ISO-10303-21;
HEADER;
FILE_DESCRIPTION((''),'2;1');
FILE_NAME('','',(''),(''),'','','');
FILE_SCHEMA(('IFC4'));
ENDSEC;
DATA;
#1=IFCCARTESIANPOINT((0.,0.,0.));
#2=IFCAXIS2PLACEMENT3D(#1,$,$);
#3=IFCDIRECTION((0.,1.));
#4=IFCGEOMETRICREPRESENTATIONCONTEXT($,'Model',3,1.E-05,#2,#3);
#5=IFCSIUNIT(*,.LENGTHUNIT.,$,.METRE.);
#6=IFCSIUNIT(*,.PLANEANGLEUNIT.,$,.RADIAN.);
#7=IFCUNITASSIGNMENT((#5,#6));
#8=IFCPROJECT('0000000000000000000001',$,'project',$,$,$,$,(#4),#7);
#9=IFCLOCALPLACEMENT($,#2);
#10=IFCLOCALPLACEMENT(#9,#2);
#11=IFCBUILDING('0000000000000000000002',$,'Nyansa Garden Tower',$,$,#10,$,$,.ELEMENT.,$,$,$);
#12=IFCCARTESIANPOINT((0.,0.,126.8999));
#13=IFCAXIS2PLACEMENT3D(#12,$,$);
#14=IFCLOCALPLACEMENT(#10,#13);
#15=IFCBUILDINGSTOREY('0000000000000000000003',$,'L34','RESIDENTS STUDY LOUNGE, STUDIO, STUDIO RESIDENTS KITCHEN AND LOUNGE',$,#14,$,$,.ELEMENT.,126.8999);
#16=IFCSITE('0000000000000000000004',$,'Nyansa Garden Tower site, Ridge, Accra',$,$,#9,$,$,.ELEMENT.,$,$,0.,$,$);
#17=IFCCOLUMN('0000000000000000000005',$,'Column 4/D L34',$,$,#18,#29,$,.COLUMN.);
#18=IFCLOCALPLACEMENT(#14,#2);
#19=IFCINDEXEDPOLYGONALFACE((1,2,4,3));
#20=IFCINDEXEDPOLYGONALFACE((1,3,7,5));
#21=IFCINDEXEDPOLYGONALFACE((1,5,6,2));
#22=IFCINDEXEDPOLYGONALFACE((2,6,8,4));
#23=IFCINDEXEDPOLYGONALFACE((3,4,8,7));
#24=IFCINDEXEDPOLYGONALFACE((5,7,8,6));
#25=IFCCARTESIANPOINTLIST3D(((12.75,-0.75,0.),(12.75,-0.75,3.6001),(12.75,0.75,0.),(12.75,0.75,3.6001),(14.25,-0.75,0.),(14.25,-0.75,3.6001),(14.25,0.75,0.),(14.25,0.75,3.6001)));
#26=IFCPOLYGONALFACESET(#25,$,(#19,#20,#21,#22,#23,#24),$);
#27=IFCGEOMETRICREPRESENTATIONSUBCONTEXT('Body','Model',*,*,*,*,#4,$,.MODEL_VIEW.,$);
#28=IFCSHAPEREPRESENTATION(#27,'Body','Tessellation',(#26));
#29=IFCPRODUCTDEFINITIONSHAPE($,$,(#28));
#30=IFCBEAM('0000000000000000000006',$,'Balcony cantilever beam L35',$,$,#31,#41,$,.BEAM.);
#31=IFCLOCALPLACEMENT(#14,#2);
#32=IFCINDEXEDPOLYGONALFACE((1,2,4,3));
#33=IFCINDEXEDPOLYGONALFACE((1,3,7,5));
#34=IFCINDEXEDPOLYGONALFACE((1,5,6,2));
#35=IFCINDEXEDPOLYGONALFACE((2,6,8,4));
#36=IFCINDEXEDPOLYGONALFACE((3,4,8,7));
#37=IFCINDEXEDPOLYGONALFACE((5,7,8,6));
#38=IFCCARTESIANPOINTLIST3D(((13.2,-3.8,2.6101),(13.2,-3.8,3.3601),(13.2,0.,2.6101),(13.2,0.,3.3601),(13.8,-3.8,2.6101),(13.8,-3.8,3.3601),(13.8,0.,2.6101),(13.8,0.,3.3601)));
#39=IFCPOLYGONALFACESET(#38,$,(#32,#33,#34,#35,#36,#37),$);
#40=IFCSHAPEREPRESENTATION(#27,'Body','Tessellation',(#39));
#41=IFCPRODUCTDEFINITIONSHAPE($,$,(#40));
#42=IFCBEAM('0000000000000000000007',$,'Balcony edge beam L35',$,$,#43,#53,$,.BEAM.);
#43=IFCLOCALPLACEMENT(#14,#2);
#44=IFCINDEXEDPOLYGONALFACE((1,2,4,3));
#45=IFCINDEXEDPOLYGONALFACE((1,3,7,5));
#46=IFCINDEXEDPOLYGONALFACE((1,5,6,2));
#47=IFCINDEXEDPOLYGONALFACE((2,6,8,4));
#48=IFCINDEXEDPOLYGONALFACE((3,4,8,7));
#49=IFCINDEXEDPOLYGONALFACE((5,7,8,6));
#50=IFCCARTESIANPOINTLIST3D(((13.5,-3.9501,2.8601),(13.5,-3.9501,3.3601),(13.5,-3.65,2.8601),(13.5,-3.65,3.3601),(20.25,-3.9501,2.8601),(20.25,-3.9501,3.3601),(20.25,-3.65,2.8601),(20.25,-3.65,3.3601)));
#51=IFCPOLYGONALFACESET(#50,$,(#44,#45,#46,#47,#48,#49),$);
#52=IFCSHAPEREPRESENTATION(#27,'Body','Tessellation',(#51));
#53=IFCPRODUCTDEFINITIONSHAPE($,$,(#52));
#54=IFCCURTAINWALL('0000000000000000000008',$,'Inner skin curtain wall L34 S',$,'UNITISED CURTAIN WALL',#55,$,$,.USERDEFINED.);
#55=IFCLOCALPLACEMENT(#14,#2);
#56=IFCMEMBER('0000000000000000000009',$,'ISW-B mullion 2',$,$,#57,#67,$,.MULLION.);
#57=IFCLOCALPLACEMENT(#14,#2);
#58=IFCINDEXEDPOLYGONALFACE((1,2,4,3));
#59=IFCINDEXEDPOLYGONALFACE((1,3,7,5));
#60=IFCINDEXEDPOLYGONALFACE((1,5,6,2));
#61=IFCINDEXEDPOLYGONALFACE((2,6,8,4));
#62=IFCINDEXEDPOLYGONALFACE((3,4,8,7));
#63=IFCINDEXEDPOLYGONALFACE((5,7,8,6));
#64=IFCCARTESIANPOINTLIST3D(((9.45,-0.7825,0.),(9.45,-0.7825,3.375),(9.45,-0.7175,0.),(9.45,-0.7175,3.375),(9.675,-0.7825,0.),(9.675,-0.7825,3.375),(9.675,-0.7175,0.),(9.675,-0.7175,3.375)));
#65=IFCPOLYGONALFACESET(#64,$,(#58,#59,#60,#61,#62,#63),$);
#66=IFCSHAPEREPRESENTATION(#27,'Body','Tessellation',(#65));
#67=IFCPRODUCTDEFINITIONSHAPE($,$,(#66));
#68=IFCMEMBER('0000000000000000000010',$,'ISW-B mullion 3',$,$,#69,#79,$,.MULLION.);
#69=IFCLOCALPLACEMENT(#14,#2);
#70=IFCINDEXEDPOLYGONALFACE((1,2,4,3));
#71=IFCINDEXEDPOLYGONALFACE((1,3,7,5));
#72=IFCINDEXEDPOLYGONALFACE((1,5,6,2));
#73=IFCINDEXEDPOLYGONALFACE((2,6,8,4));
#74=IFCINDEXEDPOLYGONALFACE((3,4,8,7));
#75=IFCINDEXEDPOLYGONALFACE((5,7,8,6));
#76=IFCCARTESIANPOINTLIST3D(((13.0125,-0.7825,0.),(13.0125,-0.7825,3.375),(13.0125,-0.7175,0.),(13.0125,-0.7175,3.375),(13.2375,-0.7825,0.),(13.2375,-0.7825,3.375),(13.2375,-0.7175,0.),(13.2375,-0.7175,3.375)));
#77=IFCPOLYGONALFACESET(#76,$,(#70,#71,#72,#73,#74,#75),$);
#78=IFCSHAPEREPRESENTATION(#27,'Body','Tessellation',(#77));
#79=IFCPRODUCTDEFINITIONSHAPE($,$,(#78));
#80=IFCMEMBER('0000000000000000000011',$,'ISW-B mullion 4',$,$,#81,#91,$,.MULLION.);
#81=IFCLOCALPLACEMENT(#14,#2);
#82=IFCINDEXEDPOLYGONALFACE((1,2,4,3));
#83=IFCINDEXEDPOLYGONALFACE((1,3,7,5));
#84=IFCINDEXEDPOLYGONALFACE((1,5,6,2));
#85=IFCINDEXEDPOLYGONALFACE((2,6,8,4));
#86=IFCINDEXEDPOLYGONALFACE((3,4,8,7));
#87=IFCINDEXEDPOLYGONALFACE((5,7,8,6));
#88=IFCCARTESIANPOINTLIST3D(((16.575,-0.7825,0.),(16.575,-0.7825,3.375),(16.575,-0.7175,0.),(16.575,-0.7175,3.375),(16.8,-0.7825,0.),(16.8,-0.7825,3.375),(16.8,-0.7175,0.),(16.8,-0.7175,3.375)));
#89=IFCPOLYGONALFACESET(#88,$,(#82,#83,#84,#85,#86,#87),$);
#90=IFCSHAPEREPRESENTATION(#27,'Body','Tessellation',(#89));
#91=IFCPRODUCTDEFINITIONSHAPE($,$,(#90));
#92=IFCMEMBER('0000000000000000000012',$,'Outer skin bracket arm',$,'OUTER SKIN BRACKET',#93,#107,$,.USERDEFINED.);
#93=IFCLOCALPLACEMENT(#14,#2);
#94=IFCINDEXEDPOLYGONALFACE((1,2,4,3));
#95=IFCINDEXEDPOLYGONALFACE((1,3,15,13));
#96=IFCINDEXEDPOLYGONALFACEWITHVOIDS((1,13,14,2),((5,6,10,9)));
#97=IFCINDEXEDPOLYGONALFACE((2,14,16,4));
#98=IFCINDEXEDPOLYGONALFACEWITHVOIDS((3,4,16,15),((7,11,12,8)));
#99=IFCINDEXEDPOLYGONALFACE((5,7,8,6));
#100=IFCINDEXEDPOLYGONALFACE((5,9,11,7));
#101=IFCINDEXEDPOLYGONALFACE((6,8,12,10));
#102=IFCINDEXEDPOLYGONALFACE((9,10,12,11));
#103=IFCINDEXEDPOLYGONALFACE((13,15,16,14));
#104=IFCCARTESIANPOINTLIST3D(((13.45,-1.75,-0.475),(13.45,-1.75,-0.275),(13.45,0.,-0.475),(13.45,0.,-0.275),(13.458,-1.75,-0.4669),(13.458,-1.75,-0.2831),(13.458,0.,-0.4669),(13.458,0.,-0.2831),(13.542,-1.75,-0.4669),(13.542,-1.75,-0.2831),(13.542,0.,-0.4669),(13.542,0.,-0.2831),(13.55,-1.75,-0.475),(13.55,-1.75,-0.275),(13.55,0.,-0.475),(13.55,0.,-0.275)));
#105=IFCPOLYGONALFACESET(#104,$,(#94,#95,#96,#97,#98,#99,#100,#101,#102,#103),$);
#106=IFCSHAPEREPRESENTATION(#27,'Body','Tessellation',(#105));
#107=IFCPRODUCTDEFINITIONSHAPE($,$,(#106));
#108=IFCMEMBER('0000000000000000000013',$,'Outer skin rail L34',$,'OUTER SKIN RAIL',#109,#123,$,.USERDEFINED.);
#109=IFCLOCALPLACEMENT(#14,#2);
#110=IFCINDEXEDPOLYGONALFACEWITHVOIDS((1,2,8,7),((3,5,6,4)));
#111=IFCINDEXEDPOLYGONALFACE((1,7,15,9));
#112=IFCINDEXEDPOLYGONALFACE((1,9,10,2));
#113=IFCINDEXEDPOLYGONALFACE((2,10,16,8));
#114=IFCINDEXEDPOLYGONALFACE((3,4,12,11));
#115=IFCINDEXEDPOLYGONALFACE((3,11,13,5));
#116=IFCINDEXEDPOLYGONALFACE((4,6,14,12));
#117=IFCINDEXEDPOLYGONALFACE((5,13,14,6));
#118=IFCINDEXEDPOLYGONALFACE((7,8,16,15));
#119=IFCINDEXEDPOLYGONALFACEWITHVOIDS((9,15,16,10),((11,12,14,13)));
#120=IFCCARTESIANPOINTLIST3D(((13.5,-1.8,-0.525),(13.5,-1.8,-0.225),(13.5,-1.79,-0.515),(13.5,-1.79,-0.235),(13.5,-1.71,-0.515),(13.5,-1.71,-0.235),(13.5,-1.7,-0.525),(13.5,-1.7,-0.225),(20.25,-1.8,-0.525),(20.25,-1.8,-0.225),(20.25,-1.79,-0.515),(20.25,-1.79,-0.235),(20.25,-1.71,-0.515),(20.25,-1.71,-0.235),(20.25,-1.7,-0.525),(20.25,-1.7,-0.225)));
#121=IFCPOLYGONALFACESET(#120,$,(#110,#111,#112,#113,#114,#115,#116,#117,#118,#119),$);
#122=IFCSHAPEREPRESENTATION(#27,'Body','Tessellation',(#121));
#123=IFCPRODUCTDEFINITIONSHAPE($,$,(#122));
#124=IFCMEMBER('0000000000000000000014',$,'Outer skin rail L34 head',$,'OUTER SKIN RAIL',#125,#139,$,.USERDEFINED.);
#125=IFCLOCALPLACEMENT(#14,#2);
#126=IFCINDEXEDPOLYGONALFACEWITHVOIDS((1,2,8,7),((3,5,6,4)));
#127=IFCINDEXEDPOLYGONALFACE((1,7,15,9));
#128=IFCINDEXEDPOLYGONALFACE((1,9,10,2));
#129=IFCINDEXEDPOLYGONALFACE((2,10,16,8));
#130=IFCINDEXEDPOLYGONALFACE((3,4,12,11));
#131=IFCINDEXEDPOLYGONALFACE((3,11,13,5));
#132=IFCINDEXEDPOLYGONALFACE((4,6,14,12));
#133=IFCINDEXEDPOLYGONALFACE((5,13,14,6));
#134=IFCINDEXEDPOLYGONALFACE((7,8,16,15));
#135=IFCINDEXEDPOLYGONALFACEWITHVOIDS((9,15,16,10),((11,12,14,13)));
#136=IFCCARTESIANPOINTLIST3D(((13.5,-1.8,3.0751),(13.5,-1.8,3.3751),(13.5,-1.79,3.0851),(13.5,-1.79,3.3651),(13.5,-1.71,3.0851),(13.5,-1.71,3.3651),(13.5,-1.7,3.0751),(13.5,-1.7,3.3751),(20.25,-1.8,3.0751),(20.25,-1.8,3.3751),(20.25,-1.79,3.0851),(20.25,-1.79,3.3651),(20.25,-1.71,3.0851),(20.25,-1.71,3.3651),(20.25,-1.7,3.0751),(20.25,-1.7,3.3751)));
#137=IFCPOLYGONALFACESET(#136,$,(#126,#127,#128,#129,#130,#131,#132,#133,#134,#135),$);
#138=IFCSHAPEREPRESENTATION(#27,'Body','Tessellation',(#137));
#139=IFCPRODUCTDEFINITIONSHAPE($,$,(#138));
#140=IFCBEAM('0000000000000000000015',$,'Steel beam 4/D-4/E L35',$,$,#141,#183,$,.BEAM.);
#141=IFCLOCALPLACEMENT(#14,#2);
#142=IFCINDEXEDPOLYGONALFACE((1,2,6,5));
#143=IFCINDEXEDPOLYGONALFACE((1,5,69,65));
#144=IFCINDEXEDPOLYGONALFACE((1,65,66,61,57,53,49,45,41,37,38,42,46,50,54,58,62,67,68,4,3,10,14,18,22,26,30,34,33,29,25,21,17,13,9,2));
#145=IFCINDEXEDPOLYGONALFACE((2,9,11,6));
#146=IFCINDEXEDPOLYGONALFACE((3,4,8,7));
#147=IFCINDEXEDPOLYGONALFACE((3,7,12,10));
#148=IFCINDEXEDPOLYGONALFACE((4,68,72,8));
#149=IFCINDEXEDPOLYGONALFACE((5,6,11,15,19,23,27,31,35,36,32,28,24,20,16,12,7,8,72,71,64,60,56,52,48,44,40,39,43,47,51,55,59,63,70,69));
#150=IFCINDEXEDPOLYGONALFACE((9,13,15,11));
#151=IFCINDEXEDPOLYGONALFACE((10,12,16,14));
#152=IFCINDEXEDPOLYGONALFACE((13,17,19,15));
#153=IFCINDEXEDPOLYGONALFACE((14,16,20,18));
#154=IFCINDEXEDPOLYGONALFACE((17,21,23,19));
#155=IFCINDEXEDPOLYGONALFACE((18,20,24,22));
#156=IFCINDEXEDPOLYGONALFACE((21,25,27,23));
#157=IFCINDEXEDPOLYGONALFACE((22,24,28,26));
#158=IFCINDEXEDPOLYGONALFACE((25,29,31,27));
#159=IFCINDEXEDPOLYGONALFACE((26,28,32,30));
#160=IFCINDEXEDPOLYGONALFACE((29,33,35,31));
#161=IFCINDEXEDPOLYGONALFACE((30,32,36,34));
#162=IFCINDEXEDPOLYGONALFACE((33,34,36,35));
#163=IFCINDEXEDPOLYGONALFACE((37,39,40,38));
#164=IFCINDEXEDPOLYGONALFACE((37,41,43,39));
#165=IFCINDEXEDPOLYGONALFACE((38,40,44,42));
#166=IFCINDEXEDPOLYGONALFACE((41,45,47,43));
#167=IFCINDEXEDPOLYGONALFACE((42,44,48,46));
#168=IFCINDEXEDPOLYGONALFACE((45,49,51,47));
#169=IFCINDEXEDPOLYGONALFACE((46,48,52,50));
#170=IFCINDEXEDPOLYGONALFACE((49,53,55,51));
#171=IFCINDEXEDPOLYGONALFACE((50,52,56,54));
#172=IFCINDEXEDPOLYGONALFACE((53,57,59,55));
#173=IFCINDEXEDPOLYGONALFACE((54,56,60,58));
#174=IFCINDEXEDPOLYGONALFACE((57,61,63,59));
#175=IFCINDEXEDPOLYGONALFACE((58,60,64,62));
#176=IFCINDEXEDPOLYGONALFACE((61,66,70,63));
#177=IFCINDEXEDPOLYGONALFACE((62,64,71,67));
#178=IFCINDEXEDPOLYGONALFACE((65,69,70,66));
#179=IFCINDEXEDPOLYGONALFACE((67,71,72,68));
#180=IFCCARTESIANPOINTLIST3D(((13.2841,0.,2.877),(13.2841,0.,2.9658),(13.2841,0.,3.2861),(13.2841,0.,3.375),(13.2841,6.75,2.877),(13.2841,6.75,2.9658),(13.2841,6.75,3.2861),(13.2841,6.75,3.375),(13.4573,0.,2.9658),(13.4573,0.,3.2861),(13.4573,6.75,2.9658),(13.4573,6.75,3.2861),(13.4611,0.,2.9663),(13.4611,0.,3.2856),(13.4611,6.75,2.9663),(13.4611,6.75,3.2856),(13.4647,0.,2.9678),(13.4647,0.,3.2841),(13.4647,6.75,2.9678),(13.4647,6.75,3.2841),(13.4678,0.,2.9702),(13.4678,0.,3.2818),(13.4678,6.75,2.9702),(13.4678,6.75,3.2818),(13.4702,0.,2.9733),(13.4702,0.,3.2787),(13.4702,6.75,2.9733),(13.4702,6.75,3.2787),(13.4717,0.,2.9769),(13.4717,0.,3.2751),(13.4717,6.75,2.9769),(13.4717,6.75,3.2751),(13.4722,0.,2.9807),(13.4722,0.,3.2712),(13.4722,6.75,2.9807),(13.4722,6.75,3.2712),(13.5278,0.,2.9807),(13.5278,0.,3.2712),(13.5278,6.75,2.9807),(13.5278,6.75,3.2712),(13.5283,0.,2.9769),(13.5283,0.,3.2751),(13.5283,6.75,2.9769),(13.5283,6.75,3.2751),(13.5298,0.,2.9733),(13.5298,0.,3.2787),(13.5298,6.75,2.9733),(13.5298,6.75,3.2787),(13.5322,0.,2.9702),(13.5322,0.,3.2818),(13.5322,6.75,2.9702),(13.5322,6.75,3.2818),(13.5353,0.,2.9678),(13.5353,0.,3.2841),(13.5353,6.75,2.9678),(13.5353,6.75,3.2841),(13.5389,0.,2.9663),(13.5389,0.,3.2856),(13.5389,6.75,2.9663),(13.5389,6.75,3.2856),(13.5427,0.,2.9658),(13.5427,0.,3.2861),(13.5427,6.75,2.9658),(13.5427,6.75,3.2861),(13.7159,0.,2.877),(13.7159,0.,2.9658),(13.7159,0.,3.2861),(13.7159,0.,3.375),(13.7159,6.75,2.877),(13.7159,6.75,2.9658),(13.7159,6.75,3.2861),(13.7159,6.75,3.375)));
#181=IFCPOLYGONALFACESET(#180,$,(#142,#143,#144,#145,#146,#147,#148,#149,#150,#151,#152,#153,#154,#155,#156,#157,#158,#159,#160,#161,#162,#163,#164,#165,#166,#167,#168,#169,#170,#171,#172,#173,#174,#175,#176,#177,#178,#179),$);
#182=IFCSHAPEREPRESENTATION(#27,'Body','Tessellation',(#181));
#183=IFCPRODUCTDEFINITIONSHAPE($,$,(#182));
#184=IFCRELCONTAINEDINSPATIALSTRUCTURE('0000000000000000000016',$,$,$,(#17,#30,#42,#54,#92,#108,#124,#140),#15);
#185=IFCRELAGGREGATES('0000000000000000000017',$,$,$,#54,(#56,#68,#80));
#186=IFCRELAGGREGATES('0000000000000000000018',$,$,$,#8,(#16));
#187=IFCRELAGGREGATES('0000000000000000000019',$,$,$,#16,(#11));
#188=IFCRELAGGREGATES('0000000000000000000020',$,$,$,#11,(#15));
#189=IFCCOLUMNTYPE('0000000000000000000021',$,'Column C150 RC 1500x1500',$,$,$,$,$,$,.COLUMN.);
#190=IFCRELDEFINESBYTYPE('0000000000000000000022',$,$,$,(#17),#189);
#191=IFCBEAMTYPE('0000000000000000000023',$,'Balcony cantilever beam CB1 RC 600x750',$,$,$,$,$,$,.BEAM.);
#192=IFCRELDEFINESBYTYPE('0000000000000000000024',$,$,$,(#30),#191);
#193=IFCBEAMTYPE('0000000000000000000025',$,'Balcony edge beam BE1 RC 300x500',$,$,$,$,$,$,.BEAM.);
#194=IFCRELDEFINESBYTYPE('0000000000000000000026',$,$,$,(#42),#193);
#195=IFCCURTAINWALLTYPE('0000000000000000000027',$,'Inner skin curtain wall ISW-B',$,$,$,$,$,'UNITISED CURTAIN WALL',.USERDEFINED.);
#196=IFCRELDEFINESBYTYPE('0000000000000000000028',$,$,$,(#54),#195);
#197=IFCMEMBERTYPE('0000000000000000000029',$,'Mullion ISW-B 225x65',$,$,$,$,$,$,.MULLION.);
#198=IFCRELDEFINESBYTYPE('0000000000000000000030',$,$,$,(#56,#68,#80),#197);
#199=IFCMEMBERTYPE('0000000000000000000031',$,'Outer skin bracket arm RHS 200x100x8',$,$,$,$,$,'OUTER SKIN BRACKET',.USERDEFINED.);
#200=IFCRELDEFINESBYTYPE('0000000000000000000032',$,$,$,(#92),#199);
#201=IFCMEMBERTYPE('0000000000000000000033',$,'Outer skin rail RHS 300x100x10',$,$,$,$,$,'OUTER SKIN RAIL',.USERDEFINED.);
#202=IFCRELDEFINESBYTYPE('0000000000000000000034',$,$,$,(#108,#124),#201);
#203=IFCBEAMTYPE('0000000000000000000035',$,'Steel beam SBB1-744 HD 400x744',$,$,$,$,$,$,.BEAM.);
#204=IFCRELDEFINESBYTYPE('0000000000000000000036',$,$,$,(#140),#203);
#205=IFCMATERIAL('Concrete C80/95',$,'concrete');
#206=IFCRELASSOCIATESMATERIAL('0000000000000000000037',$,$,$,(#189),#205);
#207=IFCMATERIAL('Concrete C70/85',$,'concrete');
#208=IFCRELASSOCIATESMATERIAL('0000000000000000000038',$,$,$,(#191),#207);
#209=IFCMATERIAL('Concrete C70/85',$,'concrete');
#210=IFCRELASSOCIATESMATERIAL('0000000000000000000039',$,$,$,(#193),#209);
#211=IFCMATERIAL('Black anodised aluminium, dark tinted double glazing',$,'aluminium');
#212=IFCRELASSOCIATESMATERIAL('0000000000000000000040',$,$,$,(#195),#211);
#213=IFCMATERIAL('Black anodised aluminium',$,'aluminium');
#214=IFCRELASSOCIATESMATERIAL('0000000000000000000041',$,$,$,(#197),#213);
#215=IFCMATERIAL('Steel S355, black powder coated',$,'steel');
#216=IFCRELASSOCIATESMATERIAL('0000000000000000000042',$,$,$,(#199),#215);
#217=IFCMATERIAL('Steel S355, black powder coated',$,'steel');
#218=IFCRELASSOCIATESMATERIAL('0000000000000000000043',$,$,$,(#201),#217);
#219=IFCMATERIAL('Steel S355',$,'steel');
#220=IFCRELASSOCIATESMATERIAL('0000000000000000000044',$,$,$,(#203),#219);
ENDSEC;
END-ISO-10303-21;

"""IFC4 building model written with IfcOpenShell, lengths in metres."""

from ifc_helpers import new_model, si_unit, direction, frame, origin, origin_2d, place, context, subcontext, project, spatial, rectangle, hollow_rectangle, i_section, extrude, material, material_profile, profile_set, type_object, element, aggregate, save


model = new_model("IFC4")

# Units and contexts
model_context = context("Model", 3, precision=1e-05, world=origin(), true_north=direction((0.0, 1.0)))
body_context = subcontext(model_context, "Body", "Model", "MODEL_VIEW")
ifc_project = project(units=[si_unit("LENGTHUNIT", "METRE"), si_unit("PLANEANGLEUNIT", "RADIAN")], contexts=[model_context])

# Site, building, storey
site_placement = place(None, origin())
site = spatial("IfcSite", under=ifc_project, at=site_placement, Name="Nyansa Garden Tower site, Ridge, Accra", CompositionType="ELEMENT", RefElevation=0.0)
building_placement = place(site_placement, origin())
building = spatial("IfcBuilding", under=site, at=building_placement, Name="Nyansa Garden Tower", CompositionType="ELEMENT")
storey_placement = place(building_placement, frame((0.0, 0.0, 126.8999)))
storey = spatial("IfcBuildingStorey", under=building, at=storey_placement, Name="L34", Description="RESIDENTS STUDY LOUNGE, STUDIO, STUDIO RESIDENTS KITCHEN AND LOUNGE", CompositionType="ELEMENT", Elevation=126.8999)

# Column
ifc_material_1 = material(Name="Concrete C80/95", Category="concrete")
ifc_material_profile_1 = material_profile(ifc_material_1, rectangle(XDim=1.5, YDim=1.5, at=origin_2d()), Name="RC 1500x1500")
ifc_profile_set_1 = profile_set([ifc_material_profile_1], Name="Concrete C80/95")
column_type = type_object("IfcColumnType", Name="Column C150 RC 1500x1500", PredefinedType="COLUMN", material=ifc_profile_set_1)
column_placement = place(storey_placement, frame((13.5, 0.0, 0.0), z_axis=(0.0, 0.0, 1.0), x_axis=(1.0, 0.0, 0.0)))
element("IfcColumn", 1, at=column_placement, inside=storey, type_object=column_type, Name="Column 4/D L34", PredefinedType="COLUMN", context=body_context, shape_type="SweptSolid", body=[
    extrude(rectangle(XDim=1.5, YDim=1.5, at=origin_2d()), origin(), (0.0, 0.0, 1.0), 3.6001),
])

# Beams
ifc_material_2 = material(Name="Concrete C70/85", Category="concrete")
ifc_material_profile_2 = material_profile(ifc_material_2, rectangle(XDim=0.6001, YDim=0.75, at=origin_2d()), Name="RC 600x750")
ifc_profile_set_2 = profile_set([ifc_material_profile_2], Name="Concrete C70/85")
beam_type_1 = type_object("IfcBeamType", Name="Balcony cantilever beam CB1 RC 600x750", PredefinedType="BEAM", material=ifc_profile_set_2)
beam_1_placement = place(storey_placement, frame((13.5, 0.0, 2.9851), z_axis=(0.0, -1.0, 0.0), x_axis=(1.0, 0.0, 0.0)))
element("IfcBeam", 2, at=beam_1_placement, inside=storey, type_object=beam_type_1, Name="Balcony cantilever beam L35", PredefinedType="BEAM", context=body_context, shape_type="SweptSolid", body=[
    extrude(rectangle(XDim=0.6001, YDim=0.75, at=origin_2d()), origin(), (0.0, 0.0, 1.0), 3.8),
])
ifc_material_3 = material(Name="Concrete C70/85", Category="concrete")
ifc_material_profile_3 = material_profile(ifc_material_3, rectangle(XDim=0.3, YDim=0.5, at=origin_2d()), Name="RC 300x500")
ifc_profile_set_3 = profile_set([ifc_material_profile_3], Name="Concrete C70/85")
beam_type_2 = type_object("IfcBeamType", Name="Balcony edge beam BE1 RC 300x500", PredefinedType="BEAM", material=ifc_profile_set_3)
beam_2_placement = place(storey_placement, frame((13.5, -3.8, 3.1101), z_axis=(1.0, 0.0, 0.0), x_axis=(0.0, 1.0, 0.0)))
element("IfcBeam", 3, at=beam_2_placement, inside=storey, type_object=beam_type_2, Name="Balcony edge beam L35", PredefinedType="BEAM", context=body_context, shape_type="SweptSolid", body=[
    extrude(rectangle(XDim=0.3, YDim=0.5, at=origin_2d()), origin(), (0.0, 0.0, 1.0), 6.75),
])

# Curtain wall, members
ifc_material_4 = material(Name="Black anodised aluminium, dark tinted double glazing", Category="aluminium")
curtain_wall_type = type_object("IfcCurtainWallType", Name="Inner skin curtain wall ISW-B", ElementType="UNITISED CURTAIN WALL", PredefinedType="USERDEFINED", material=ifc_material_4)
curtain_wall_placement = place(storey_placement, origin())
curtain_wall = element("IfcCurtainWall", 4, at=curtain_wall_placement, inside=storey, type_object=curtain_wall_type, Name="Inner skin curtain wall L34 S", ObjectType="UNITISED CURTAIN WALL", PredefinedType="USERDEFINED")
ifc_material_5 = material(Name="Black anodised aluminium", Category="aluminium")
ifc_material_profile_4 = material_profile(ifc_material_5, rectangle(XDim=0.0649, YDim=0.2251, at=origin_2d()), Name="Mullion 225x65")
ifc_profile_set_4 = profile_set([ifc_material_profile_4], Name="Black anodised aluminium")
member_type_1 = type_object("IfcMemberType", Name="Mullion ISW-B 225x65", PredefinedType="MULLION", material=ifc_profile_set_4)
member_1_placement = place(storey_placement, frame((9.5625, -0.75, 0.0), z_axis=(0.0, 0.0, 1.0), x_axis=(0.0, 1.0, 0.0)))
member_1 = element("IfcMember", 5, at=member_1_placement, type_object=member_type_1, Name="ISW-B mullion 2", PredefinedType="MULLION", context=body_context, shape_type="SweptSolid", body=[
    extrude(rectangle(XDim=0.0649, YDim=0.2251, at=origin_2d()), origin(), (0.0, 0.0, 1.0), 3.375),
])
member_2_placement = place(storey_placement, frame((13.125, -0.75, 0.0), z_axis=(0.0, 0.0, 1.0), x_axis=(0.0, 1.0, 0.0)))
member_2 = element("IfcMember", 6, at=member_2_placement, type_object=member_type_1, Name="ISW-B mullion 3", PredefinedType="MULLION", context=body_context, shape_type="SweptSolid", body=[
    extrude(rectangle(XDim=0.0649, YDim=0.2251, at=origin_2d()), origin(), (0.0, 0.0, 1.0), 3.375),
])
member_3_placement = place(storey_placement, frame((16.6875, -0.75, 0.0), z_axis=(0.0, 0.0, 1.0), x_axis=(0.0, 1.0, 0.0)))
member_3 = element("IfcMember", 7, at=member_3_placement, type_object=member_type_1, Name="ISW-B mullion 4", PredefinedType="MULLION", context=body_context, shape_type="SweptSolid", body=[
    extrude(rectangle(XDim=0.0649, YDim=0.2251, at=origin_2d()), origin(), (0.0, 0.0, 1.0), 3.375),
])

# Members
ifc_material_6 = material(Name="Steel S355, black powder coated", Category="steel")
ifc_material_profile_5 = material_profile(ifc_material_6, hollow_rectangle(XDim=0.1001, YDim=0.2, WallThickness=0.0081, at=origin_2d()), Name="RHS 200x100x8")
ifc_profile_set_5 = profile_set([ifc_material_profile_5], Name="Steel S355, black powder coated")
member_type_2 = type_object("IfcMemberType", Name="Outer skin bracket arm RHS 200x100x8", ElementType="OUTER SKIN BRACKET", PredefinedType="USERDEFINED", material=ifc_profile_set_5)
member_4_placement = place(storey_placement, frame((13.5, 0.0, -0.375), z_axis=(0.0, -1.0, 0.0), x_axis=(1.0, 0.0, 0.0)))
element("IfcMember", 8, at=member_4_placement, inside=storey, type_object=member_type_2, Name="Outer skin bracket arm", ObjectType="OUTER SKIN BRACKET", PredefinedType="USERDEFINED", context=body_context, shape_type="SweptSolid", body=[
    extrude(hollow_rectangle(XDim=0.1001, YDim=0.2, WallThickness=0.0081, at=origin_2d()), origin(), (0.0, 0.0, 1.0), 1.75),
])
ifc_material_7 = material(Name="Steel S355, black powder coated", Category="steel")
ifc_material_profile_6 = material_profile(ifc_material_7, hollow_rectangle(XDim=0.1001, YDim=0.3, WallThickness=0.01, at=origin_2d()), Name="RHS 300x100x10")
ifc_profile_set_6 = profile_set([ifc_material_profile_6], Name="Steel S355, black powder coated")
member_type_3 = type_object("IfcMemberType", Name="Outer skin rail RHS 300x100x10", ElementType="OUTER SKIN RAIL", PredefinedType="USERDEFINED", material=ifc_profile_set_6)
for number, where, z_axis, x_axis, name in (
    (9, (13.5, -1.75, -0.375), (1.0, 0.0, 0.0), (0.0, 1.0, 0.0), "Outer skin rail L34"),
    (10, (13.5, -1.75, 3.2251), (1.0, 0.0, 0.0), (0.0, 1.0, 0.0), "Outer skin rail L34 head"),
):
    element("IfcMember", number, at=place(storey_placement, frame(where, z_axis=z_axis, x_axis=x_axis)), inside=storey, type_object=member_type_3, Name=name, ObjectType="OUTER SKIN RAIL", PredefinedType="USERDEFINED", context=body_context, shape_type="SweptSolid", body=[
        extrude(hollow_rectangle(XDim=0.1001, YDim=0.3, WallThickness=0.01, at=origin_2d()), origin(), (0.0, 0.0, 1.0), 6.75),
    ])

# Beam
ifc_material_8 = material(Name="Steel S355", Category="steel")
ifc_material_profile_7 = material_profile(ifc_material_8, i_section(OverallWidth=0.4319, OverallDepth=0.498, WebThickness=0.0557, FlangeThickness=0.0889, FilletRadius=0.0149, at=origin_2d()), Name="HD 400x744")
ifc_profile_set_7 = profile_set([ifc_material_profile_7], Name="Steel S355")
beam_type_3 = type_object("IfcBeamType", Name="Steel beam SBB1-744 HD 400x744", PredefinedType="BEAM", material=ifc_profile_set_7)
beam_3_placement = place(storey_placement, frame((13.5, 0.0, 3.126), z_axis=(0.0, 1.0, 0.0), x_axis=(-1.0, 0.0, 0.0)))
element("IfcBeam", 11, at=beam_3_placement, inside=storey, type_object=beam_type_3, Name="Steel beam 4/D-4/E L35", PredefinedType="BEAM", context=body_context, shape_type="SweptSolid", body=[
    extrude(i_section(OverallWidth=0.4319, OverallDepth=0.498, WebThickness=0.0557, FlangeThickness=0.0889, FilletRadius=0.0149, at=origin_2d()), origin(), (0.0, 0.0, 1.0), 6.75),
])

aggregate(curtain_wall, [member_1, member_2, member_3])

save(model, "model.ifc")
